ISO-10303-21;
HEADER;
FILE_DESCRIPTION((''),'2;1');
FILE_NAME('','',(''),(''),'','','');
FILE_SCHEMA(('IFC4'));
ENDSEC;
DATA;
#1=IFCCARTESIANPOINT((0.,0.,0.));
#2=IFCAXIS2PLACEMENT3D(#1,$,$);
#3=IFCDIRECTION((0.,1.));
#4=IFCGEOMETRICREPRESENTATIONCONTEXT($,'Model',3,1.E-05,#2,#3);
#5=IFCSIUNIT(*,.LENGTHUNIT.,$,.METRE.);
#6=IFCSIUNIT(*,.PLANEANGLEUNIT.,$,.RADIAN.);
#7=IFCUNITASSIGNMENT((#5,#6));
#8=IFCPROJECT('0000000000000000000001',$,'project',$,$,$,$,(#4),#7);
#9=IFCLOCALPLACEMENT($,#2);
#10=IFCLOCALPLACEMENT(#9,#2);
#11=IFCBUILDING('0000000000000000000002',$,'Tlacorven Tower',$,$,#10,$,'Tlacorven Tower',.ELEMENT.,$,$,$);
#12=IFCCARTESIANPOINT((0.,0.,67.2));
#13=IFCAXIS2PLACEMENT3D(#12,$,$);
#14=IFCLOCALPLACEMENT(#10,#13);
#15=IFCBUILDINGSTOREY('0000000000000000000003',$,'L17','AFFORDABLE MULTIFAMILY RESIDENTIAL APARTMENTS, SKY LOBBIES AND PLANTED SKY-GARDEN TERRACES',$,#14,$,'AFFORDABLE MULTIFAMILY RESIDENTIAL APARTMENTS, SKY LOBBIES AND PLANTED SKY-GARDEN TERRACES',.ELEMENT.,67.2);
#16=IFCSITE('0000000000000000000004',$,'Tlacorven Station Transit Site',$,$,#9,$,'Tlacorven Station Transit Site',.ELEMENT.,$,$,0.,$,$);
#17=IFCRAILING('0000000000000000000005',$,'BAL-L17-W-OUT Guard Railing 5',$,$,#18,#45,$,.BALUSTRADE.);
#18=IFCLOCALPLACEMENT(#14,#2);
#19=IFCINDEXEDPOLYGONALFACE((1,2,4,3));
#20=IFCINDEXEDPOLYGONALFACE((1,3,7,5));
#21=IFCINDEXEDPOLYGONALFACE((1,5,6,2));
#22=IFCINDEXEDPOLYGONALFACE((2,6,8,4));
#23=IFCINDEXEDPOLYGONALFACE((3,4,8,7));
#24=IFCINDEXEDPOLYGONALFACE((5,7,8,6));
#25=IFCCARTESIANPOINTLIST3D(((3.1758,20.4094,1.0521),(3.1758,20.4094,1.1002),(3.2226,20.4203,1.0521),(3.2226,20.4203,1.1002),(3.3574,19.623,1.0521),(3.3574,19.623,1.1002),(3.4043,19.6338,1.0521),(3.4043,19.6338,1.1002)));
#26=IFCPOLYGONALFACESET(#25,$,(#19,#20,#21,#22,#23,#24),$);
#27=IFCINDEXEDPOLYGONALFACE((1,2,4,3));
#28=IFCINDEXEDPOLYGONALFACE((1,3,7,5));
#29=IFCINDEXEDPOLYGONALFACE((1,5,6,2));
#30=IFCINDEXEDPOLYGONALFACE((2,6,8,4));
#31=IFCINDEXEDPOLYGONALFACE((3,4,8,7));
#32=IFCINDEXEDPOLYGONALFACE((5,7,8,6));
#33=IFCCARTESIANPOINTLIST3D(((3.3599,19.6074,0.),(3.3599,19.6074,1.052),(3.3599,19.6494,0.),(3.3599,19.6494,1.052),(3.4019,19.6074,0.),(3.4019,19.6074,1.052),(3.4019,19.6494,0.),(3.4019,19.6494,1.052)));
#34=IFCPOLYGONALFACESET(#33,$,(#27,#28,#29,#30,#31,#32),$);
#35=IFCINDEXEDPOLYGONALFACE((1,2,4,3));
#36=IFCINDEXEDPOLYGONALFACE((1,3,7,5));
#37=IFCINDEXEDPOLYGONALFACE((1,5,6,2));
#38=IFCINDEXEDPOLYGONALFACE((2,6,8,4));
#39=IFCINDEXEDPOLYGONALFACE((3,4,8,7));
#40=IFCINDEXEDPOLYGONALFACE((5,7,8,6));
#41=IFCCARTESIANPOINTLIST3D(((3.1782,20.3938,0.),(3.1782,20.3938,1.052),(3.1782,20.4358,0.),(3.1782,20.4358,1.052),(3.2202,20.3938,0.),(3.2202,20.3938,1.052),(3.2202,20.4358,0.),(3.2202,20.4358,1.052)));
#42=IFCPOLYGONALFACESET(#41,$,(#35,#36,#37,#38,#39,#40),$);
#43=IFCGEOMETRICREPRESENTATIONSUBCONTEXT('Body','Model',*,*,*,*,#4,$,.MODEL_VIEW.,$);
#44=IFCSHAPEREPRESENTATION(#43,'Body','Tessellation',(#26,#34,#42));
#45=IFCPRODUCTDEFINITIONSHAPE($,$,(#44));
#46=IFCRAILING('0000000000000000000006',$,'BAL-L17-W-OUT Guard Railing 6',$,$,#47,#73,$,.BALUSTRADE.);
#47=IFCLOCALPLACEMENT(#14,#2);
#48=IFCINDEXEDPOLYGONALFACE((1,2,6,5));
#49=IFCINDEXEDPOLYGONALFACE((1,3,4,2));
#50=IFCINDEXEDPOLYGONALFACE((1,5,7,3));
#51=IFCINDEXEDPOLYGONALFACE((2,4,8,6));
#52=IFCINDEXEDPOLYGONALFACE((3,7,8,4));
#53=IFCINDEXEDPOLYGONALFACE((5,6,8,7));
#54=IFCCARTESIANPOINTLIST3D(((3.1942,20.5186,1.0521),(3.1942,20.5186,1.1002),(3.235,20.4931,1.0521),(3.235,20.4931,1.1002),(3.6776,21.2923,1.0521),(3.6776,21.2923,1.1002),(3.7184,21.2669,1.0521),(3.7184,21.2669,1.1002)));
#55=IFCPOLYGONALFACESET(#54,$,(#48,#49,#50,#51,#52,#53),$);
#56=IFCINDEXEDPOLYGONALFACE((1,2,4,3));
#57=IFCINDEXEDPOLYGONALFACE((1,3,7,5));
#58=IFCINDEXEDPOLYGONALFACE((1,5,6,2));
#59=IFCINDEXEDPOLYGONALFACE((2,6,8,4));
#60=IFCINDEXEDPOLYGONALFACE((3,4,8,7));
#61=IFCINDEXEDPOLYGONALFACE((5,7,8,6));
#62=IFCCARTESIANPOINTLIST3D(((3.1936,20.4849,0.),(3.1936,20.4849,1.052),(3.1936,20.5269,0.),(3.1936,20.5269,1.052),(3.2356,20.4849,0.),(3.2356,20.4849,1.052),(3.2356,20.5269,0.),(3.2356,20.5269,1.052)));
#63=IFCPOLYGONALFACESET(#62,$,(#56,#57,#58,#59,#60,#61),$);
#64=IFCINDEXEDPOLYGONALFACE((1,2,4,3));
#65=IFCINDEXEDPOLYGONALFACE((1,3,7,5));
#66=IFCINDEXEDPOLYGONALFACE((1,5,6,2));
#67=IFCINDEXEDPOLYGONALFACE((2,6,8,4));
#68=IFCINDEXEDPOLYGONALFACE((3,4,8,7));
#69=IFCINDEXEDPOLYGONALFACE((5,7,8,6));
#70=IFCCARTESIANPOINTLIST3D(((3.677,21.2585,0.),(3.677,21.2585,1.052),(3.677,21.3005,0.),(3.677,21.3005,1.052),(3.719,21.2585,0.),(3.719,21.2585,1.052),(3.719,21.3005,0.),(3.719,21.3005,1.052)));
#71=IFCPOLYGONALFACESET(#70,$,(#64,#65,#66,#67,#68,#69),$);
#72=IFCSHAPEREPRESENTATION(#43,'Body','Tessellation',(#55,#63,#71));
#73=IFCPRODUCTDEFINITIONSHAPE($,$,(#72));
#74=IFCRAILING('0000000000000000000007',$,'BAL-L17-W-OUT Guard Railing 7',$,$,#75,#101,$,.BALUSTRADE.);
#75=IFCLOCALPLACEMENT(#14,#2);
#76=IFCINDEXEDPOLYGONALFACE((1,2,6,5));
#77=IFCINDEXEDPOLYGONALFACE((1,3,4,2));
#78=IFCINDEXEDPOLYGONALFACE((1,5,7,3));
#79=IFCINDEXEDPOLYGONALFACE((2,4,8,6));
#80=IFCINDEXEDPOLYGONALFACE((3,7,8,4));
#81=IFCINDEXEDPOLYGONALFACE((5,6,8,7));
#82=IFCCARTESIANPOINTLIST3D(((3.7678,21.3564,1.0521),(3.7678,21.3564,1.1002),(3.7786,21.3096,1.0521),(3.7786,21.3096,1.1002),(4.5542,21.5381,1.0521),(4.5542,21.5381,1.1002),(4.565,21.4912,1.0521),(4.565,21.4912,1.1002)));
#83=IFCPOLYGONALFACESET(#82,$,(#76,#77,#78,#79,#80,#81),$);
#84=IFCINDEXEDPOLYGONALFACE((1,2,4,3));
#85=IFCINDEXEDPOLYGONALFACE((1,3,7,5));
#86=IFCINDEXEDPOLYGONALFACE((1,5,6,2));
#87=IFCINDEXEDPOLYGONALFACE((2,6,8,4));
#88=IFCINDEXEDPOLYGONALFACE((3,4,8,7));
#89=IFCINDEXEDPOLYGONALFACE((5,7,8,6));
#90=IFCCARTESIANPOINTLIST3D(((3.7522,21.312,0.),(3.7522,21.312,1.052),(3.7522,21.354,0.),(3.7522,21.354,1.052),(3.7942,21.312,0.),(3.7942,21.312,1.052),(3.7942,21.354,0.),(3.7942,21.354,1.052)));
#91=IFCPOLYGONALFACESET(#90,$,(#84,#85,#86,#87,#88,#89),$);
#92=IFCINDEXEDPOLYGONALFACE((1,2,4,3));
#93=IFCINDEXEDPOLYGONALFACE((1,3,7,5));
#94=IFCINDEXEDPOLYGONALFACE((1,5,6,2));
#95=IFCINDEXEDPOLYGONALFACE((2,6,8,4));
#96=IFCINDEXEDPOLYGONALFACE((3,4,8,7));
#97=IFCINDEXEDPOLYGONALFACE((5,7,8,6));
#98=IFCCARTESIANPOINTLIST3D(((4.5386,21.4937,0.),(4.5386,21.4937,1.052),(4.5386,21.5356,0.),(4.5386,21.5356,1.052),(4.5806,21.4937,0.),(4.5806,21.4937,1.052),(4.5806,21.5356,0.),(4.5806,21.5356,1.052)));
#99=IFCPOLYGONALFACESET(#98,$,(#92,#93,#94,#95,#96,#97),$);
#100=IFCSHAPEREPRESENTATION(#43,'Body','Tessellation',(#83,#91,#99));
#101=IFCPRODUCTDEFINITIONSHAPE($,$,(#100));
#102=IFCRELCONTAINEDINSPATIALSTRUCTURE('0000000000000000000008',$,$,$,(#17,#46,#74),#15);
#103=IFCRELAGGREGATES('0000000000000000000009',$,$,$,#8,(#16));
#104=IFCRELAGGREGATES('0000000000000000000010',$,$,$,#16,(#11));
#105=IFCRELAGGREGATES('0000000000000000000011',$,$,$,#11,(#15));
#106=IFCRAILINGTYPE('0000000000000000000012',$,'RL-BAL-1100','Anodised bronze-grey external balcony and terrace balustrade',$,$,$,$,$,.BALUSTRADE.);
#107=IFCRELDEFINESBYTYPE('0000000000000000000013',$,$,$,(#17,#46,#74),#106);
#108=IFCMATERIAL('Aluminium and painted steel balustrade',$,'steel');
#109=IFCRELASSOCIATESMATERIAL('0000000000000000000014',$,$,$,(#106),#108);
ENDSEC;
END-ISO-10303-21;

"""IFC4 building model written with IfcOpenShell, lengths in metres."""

from ifc_helpers import new_model, si_unit, direction, frame, origin, origin_2d, place, context, subcontext, project, spatial, rectangle, extrude, source, transform, mapped, material, type_object, element, save


model = new_model("IFC4")

# Units and contexts
model_context = context("Model", 3, precision=1e-05, world=origin(), true_north=direction((0.0, 1.0)))
body_context = subcontext(model_context, "Body", "Model", "MODEL_VIEW")
ifc_project = project(units=[si_unit("LENGTHUNIT", "METRE"), si_unit("PLANEANGLEUNIT", "RADIAN")], contexts=[model_context])

# Site, building, storey
site_placement = place(None, origin())
site = spatial("IfcSite", under=ifc_project, at=site_placement, Name="Tlacorven Station Transit Site", LongName="Tlacorven Station Transit Site", CompositionType="ELEMENT", RefElevation=0.0)
building_placement = place(site_placement, origin())
building = spatial("IfcBuilding", under=site, at=building_placement, Name="Tlacorven Tower", LongName="Tlacorven Tower", CompositionType="ELEMENT")
storey_placement = place(building_placement, frame((0.0, 0.0, 67.2)))
storey = spatial("IfcBuildingStorey", under=building, at=storey_placement, Name="L17", Description="AFFORDABLE MULTIFAMILY RESIDENTIAL APARTMENTS, SKY LOBBIES AND PLANTED SKY-GARDEN TERRACES", LongName="AFFORDABLE MULTIFAMILY RESIDENTIAL APARTMENTS, SKY LOBBIES AND PLANTED SKY-GARDEN TERRACES", CompositionType="ELEMENT", Elevation=67.2)

# Railings
ifc_material_1 = material(Name="Aluminium and painted steel balustrade", Category="steel")
railing_type = type_object("IfcRailingType", Name="RL-BAL-1100", Description="Anodised bronze-grey external balcony and terrace balustrade", PredefinedType="BALUSTRADE", material=ifc_material_1)
shared_shape_1 = source(origin(), body_context, "Body", "SweptSolid", [
    extrude(rectangle(XDim=0.0481, YDim=0.0481, at=origin_2d()), frame((0.0, 0.0, 1.0762), z_axis=(-0.225058, 0.974345, 0.0), x_axis=(-0.974345, -0.225058, 0.0)), (0.0, 0.0, 1.0), 0.8071),
    extrude(rectangle(XDim=0.042, YDim=0.042, at=origin_2d()), origin(), (0.0, 0.0, 1.0), 1.052),
    extrude(rectangle(XDim=0.042, YDim=0.042, at=origin_2d()), frame((-0.1816, 0.7864, 0.0)), (0.0, 0.0, 1.0), 1.052),
])
railing_1_placement = place(storey_placement, frame((3.3809, 19.6284, 0.0)))
element("IfcRailing", 1, at=railing_1_placement, inside=storey, type_object=railing_type, Name="BAL-L17-W-OUT Guard Railing 5", PredefinedType="BALUSTRADE", context=body_context, shape_type="MappedRepresentation", body=[
    mapped(shared_shape_1, transform((0.0, 0.0, 0.0), scale=1.0)),
])
shared_shape_2 = source(origin(), body_context, "Body", "SweptSolid", [
    extrude(rectangle(XDim=0.0481, YDim=0.0481, at=origin_2d()), frame((0.0, 0.0, 1.0762), z_axis=(0.529879, 0.848073, 0.0), x_axis=(-0.848073, 0.529879, 0.0)), (0.0, 0.0, 1.0), 0.9124),
    extrude(rectangle(XDim=0.042, YDim=0.042, at=origin_2d()), origin(), (0.0, 0.0, 1.0), 1.052),
    extrude(rectangle(XDim=0.042, YDim=0.042, at=origin_2d()), frame((0.4834, 0.7737, 0.0)), (0.0, 0.0, 1.0), 1.052),
])
railing_2_placement = place(storey_placement, frame((3.2146, 20.5059, 0.0)))
element("IfcRailing", 2, at=railing_2_placement, inside=storey, type_object=railing_type, Name="BAL-L17-W-OUT Guard Railing 6", PredefinedType="BALUSTRADE", context=body_context, shape_type="MappedRepresentation", body=[
    mapped(shared_shape_2, transform((0.0, 0.0, 0.0), scale=1.0)),
])
shared_shape_3 = source(origin(), body_context, "Body", "SweptSolid", [
    extrude(rectangle(XDim=0.0481, YDim=0.0481, at=origin_2d()), frame((0.0, 0.0, 1.0762), z_axis=(0.974345, 0.225058, 0.0), x_axis=(-0.225058, 0.974345, 0.0)), (0.0, 0.0, 1.0), 0.8071),
    extrude(rectangle(XDim=0.042, YDim=0.042, at=origin_2d()), origin(), (0.0, 0.0, 1.0), 1.052),
    extrude(rectangle(XDim=0.042, YDim=0.042, at=origin_2d()), frame((0.7864, 0.1816, 0.0)), (0.0, 0.0, 1.0), 1.052),
])
railing_3_placement = place(storey_placement, frame((3.7732, 21.333, 0.0)))
element("IfcRailing", 3, at=railing_3_placement, inside=storey, type_object=railing_type, Name="BAL-L17-W-OUT Guard Railing 7", PredefinedType="BALUSTRADE", context=body_context, shape_type="MappedRepresentation", body=[
    mapped(shared_shape_3, transform((0.0, 0.0, 0.0), scale=1.0)),
])

save(model, "model.ifc")
